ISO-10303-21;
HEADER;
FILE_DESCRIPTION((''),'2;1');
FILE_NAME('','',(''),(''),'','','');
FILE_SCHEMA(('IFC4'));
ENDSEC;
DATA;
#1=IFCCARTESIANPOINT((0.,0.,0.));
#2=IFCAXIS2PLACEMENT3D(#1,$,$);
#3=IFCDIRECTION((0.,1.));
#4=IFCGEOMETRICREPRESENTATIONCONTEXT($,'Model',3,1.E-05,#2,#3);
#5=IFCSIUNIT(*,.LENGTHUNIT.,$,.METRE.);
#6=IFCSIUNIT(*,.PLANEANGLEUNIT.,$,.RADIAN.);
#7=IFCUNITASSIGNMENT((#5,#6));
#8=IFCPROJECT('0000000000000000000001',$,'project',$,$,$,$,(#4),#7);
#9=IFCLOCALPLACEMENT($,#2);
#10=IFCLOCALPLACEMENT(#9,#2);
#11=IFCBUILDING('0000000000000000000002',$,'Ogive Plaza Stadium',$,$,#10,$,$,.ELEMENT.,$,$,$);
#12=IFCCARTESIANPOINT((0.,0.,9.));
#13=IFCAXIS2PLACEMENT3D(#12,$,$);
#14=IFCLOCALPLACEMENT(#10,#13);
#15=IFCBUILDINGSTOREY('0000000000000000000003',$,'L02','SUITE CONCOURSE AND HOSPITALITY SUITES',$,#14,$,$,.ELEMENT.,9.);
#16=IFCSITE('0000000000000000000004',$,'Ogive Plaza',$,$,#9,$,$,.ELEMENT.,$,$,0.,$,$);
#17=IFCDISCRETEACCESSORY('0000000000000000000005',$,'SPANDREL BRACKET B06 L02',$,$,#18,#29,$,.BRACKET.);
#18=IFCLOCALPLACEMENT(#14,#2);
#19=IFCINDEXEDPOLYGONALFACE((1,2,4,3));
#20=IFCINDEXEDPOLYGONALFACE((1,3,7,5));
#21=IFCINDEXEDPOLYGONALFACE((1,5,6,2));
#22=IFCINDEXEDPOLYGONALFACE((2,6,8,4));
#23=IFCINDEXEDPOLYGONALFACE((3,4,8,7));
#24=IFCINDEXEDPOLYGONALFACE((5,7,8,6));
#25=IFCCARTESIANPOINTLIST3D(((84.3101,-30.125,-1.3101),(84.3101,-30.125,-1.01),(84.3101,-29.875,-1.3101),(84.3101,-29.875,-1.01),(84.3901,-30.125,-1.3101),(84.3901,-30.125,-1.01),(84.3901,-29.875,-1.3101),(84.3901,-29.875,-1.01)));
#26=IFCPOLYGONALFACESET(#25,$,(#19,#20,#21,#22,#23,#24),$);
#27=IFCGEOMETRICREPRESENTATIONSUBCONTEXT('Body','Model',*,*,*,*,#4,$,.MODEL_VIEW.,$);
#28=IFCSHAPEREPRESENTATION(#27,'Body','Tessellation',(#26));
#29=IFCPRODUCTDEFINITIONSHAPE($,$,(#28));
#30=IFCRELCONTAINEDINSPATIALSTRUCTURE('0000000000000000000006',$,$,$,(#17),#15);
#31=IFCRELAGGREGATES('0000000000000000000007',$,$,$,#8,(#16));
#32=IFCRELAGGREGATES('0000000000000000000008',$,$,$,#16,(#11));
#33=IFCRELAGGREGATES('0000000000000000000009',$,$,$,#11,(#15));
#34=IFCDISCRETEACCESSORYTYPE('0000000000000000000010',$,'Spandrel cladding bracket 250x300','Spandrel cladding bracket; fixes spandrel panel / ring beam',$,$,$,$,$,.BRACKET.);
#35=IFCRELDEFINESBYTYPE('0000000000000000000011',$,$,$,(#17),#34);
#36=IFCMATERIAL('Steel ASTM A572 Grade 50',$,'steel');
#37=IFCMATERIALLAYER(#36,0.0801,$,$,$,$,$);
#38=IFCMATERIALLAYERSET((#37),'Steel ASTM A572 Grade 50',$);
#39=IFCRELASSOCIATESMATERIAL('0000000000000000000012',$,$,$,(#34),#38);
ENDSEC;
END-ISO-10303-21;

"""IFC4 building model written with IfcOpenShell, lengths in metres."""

from ifc_helpers import new_model, si_unit, direction, frame, origin, origin_2d, place, context, subcontext, project, spatial, rectangle, extrude, material, layer, layer_set, type_object, element, save


model = new_model("IFC4")

# Units and contexts
model_context = context("Model", 3, precision=1e-05, world=origin(), true_north=direction((0.0, 1.0)))
body_context = subcontext(model_context, "Body", "Model", "MODEL_VIEW")
ifc_project = project(units=[si_unit("LENGTHUNIT", "METRE"), si_unit("PLANEANGLEUNIT", "RADIAN")], contexts=[model_context])

# Site, building, storey
site_placement = place(None, origin())
site = spatial("IfcSite", under=ifc_project, at=site_placement, Name="Ogive Plaza", CompositionType="ELEMENT", RefElevation=0.0)
building_placement = place(site_placement, origin())
building = spatial("IfcBuilding", under=site, at=building_placement, Name="Ogive Plaza Stadium", CompositionType="ELEMENT")
storey_placement = place(building_placement, frame((0.0, 0.0, 9.0)))
storey = spatial("IfcBuildingStorey", under=building, at=storey_placement, Name="L02", Description="SUITE CONCOURSE AND HOSPITALITY SUITES", CompositionType="ELEMENT", Elevation=9.0)

# Discrete accessory
ifc_material_1 = material(Name="Steel ASTM A572 Grade 50", Category="steel")
ifc_layer_1 = layer(ifc_material_1, 0.0801)
ifc_layer_set_1 = layer_set([ifc_layer_1], Name="Steel ASTM A572 Grade 50")
discrete_accessory_type = type_object("IfcDiscreteAccessoryType", Name="Spandrel cladding bracket 250x300", Description="Spandrel cladding bracket; fixes spandrel panel / ring beam", PredefinedType="BRACKET", material=ifc_layer_set_1)
discrete_accessory_placement = place(storey_placement, frame((84.3501, -30.0, -1.3101), z_axis=(0.0, 0.0, 1.0), x_axis=(0.0, -1.0, 0.0)))
element("IfcDiscreteAccessory", 1, at=discrete_accessory_placement, inside=storey, type_object=discrete_accessory_type, Name="SPANDREL BRACKET B06 L02", PredefinedType="BRACKET", context=body_context, shape_type="SweptSolid", body=[
    extrude(rectangle(XDim=0.25, YDim=0.0801, at=origin_2d()), origin(), (0.0, 0.0, 1.0), 0.3),
])

save(model, "model.ifc")
